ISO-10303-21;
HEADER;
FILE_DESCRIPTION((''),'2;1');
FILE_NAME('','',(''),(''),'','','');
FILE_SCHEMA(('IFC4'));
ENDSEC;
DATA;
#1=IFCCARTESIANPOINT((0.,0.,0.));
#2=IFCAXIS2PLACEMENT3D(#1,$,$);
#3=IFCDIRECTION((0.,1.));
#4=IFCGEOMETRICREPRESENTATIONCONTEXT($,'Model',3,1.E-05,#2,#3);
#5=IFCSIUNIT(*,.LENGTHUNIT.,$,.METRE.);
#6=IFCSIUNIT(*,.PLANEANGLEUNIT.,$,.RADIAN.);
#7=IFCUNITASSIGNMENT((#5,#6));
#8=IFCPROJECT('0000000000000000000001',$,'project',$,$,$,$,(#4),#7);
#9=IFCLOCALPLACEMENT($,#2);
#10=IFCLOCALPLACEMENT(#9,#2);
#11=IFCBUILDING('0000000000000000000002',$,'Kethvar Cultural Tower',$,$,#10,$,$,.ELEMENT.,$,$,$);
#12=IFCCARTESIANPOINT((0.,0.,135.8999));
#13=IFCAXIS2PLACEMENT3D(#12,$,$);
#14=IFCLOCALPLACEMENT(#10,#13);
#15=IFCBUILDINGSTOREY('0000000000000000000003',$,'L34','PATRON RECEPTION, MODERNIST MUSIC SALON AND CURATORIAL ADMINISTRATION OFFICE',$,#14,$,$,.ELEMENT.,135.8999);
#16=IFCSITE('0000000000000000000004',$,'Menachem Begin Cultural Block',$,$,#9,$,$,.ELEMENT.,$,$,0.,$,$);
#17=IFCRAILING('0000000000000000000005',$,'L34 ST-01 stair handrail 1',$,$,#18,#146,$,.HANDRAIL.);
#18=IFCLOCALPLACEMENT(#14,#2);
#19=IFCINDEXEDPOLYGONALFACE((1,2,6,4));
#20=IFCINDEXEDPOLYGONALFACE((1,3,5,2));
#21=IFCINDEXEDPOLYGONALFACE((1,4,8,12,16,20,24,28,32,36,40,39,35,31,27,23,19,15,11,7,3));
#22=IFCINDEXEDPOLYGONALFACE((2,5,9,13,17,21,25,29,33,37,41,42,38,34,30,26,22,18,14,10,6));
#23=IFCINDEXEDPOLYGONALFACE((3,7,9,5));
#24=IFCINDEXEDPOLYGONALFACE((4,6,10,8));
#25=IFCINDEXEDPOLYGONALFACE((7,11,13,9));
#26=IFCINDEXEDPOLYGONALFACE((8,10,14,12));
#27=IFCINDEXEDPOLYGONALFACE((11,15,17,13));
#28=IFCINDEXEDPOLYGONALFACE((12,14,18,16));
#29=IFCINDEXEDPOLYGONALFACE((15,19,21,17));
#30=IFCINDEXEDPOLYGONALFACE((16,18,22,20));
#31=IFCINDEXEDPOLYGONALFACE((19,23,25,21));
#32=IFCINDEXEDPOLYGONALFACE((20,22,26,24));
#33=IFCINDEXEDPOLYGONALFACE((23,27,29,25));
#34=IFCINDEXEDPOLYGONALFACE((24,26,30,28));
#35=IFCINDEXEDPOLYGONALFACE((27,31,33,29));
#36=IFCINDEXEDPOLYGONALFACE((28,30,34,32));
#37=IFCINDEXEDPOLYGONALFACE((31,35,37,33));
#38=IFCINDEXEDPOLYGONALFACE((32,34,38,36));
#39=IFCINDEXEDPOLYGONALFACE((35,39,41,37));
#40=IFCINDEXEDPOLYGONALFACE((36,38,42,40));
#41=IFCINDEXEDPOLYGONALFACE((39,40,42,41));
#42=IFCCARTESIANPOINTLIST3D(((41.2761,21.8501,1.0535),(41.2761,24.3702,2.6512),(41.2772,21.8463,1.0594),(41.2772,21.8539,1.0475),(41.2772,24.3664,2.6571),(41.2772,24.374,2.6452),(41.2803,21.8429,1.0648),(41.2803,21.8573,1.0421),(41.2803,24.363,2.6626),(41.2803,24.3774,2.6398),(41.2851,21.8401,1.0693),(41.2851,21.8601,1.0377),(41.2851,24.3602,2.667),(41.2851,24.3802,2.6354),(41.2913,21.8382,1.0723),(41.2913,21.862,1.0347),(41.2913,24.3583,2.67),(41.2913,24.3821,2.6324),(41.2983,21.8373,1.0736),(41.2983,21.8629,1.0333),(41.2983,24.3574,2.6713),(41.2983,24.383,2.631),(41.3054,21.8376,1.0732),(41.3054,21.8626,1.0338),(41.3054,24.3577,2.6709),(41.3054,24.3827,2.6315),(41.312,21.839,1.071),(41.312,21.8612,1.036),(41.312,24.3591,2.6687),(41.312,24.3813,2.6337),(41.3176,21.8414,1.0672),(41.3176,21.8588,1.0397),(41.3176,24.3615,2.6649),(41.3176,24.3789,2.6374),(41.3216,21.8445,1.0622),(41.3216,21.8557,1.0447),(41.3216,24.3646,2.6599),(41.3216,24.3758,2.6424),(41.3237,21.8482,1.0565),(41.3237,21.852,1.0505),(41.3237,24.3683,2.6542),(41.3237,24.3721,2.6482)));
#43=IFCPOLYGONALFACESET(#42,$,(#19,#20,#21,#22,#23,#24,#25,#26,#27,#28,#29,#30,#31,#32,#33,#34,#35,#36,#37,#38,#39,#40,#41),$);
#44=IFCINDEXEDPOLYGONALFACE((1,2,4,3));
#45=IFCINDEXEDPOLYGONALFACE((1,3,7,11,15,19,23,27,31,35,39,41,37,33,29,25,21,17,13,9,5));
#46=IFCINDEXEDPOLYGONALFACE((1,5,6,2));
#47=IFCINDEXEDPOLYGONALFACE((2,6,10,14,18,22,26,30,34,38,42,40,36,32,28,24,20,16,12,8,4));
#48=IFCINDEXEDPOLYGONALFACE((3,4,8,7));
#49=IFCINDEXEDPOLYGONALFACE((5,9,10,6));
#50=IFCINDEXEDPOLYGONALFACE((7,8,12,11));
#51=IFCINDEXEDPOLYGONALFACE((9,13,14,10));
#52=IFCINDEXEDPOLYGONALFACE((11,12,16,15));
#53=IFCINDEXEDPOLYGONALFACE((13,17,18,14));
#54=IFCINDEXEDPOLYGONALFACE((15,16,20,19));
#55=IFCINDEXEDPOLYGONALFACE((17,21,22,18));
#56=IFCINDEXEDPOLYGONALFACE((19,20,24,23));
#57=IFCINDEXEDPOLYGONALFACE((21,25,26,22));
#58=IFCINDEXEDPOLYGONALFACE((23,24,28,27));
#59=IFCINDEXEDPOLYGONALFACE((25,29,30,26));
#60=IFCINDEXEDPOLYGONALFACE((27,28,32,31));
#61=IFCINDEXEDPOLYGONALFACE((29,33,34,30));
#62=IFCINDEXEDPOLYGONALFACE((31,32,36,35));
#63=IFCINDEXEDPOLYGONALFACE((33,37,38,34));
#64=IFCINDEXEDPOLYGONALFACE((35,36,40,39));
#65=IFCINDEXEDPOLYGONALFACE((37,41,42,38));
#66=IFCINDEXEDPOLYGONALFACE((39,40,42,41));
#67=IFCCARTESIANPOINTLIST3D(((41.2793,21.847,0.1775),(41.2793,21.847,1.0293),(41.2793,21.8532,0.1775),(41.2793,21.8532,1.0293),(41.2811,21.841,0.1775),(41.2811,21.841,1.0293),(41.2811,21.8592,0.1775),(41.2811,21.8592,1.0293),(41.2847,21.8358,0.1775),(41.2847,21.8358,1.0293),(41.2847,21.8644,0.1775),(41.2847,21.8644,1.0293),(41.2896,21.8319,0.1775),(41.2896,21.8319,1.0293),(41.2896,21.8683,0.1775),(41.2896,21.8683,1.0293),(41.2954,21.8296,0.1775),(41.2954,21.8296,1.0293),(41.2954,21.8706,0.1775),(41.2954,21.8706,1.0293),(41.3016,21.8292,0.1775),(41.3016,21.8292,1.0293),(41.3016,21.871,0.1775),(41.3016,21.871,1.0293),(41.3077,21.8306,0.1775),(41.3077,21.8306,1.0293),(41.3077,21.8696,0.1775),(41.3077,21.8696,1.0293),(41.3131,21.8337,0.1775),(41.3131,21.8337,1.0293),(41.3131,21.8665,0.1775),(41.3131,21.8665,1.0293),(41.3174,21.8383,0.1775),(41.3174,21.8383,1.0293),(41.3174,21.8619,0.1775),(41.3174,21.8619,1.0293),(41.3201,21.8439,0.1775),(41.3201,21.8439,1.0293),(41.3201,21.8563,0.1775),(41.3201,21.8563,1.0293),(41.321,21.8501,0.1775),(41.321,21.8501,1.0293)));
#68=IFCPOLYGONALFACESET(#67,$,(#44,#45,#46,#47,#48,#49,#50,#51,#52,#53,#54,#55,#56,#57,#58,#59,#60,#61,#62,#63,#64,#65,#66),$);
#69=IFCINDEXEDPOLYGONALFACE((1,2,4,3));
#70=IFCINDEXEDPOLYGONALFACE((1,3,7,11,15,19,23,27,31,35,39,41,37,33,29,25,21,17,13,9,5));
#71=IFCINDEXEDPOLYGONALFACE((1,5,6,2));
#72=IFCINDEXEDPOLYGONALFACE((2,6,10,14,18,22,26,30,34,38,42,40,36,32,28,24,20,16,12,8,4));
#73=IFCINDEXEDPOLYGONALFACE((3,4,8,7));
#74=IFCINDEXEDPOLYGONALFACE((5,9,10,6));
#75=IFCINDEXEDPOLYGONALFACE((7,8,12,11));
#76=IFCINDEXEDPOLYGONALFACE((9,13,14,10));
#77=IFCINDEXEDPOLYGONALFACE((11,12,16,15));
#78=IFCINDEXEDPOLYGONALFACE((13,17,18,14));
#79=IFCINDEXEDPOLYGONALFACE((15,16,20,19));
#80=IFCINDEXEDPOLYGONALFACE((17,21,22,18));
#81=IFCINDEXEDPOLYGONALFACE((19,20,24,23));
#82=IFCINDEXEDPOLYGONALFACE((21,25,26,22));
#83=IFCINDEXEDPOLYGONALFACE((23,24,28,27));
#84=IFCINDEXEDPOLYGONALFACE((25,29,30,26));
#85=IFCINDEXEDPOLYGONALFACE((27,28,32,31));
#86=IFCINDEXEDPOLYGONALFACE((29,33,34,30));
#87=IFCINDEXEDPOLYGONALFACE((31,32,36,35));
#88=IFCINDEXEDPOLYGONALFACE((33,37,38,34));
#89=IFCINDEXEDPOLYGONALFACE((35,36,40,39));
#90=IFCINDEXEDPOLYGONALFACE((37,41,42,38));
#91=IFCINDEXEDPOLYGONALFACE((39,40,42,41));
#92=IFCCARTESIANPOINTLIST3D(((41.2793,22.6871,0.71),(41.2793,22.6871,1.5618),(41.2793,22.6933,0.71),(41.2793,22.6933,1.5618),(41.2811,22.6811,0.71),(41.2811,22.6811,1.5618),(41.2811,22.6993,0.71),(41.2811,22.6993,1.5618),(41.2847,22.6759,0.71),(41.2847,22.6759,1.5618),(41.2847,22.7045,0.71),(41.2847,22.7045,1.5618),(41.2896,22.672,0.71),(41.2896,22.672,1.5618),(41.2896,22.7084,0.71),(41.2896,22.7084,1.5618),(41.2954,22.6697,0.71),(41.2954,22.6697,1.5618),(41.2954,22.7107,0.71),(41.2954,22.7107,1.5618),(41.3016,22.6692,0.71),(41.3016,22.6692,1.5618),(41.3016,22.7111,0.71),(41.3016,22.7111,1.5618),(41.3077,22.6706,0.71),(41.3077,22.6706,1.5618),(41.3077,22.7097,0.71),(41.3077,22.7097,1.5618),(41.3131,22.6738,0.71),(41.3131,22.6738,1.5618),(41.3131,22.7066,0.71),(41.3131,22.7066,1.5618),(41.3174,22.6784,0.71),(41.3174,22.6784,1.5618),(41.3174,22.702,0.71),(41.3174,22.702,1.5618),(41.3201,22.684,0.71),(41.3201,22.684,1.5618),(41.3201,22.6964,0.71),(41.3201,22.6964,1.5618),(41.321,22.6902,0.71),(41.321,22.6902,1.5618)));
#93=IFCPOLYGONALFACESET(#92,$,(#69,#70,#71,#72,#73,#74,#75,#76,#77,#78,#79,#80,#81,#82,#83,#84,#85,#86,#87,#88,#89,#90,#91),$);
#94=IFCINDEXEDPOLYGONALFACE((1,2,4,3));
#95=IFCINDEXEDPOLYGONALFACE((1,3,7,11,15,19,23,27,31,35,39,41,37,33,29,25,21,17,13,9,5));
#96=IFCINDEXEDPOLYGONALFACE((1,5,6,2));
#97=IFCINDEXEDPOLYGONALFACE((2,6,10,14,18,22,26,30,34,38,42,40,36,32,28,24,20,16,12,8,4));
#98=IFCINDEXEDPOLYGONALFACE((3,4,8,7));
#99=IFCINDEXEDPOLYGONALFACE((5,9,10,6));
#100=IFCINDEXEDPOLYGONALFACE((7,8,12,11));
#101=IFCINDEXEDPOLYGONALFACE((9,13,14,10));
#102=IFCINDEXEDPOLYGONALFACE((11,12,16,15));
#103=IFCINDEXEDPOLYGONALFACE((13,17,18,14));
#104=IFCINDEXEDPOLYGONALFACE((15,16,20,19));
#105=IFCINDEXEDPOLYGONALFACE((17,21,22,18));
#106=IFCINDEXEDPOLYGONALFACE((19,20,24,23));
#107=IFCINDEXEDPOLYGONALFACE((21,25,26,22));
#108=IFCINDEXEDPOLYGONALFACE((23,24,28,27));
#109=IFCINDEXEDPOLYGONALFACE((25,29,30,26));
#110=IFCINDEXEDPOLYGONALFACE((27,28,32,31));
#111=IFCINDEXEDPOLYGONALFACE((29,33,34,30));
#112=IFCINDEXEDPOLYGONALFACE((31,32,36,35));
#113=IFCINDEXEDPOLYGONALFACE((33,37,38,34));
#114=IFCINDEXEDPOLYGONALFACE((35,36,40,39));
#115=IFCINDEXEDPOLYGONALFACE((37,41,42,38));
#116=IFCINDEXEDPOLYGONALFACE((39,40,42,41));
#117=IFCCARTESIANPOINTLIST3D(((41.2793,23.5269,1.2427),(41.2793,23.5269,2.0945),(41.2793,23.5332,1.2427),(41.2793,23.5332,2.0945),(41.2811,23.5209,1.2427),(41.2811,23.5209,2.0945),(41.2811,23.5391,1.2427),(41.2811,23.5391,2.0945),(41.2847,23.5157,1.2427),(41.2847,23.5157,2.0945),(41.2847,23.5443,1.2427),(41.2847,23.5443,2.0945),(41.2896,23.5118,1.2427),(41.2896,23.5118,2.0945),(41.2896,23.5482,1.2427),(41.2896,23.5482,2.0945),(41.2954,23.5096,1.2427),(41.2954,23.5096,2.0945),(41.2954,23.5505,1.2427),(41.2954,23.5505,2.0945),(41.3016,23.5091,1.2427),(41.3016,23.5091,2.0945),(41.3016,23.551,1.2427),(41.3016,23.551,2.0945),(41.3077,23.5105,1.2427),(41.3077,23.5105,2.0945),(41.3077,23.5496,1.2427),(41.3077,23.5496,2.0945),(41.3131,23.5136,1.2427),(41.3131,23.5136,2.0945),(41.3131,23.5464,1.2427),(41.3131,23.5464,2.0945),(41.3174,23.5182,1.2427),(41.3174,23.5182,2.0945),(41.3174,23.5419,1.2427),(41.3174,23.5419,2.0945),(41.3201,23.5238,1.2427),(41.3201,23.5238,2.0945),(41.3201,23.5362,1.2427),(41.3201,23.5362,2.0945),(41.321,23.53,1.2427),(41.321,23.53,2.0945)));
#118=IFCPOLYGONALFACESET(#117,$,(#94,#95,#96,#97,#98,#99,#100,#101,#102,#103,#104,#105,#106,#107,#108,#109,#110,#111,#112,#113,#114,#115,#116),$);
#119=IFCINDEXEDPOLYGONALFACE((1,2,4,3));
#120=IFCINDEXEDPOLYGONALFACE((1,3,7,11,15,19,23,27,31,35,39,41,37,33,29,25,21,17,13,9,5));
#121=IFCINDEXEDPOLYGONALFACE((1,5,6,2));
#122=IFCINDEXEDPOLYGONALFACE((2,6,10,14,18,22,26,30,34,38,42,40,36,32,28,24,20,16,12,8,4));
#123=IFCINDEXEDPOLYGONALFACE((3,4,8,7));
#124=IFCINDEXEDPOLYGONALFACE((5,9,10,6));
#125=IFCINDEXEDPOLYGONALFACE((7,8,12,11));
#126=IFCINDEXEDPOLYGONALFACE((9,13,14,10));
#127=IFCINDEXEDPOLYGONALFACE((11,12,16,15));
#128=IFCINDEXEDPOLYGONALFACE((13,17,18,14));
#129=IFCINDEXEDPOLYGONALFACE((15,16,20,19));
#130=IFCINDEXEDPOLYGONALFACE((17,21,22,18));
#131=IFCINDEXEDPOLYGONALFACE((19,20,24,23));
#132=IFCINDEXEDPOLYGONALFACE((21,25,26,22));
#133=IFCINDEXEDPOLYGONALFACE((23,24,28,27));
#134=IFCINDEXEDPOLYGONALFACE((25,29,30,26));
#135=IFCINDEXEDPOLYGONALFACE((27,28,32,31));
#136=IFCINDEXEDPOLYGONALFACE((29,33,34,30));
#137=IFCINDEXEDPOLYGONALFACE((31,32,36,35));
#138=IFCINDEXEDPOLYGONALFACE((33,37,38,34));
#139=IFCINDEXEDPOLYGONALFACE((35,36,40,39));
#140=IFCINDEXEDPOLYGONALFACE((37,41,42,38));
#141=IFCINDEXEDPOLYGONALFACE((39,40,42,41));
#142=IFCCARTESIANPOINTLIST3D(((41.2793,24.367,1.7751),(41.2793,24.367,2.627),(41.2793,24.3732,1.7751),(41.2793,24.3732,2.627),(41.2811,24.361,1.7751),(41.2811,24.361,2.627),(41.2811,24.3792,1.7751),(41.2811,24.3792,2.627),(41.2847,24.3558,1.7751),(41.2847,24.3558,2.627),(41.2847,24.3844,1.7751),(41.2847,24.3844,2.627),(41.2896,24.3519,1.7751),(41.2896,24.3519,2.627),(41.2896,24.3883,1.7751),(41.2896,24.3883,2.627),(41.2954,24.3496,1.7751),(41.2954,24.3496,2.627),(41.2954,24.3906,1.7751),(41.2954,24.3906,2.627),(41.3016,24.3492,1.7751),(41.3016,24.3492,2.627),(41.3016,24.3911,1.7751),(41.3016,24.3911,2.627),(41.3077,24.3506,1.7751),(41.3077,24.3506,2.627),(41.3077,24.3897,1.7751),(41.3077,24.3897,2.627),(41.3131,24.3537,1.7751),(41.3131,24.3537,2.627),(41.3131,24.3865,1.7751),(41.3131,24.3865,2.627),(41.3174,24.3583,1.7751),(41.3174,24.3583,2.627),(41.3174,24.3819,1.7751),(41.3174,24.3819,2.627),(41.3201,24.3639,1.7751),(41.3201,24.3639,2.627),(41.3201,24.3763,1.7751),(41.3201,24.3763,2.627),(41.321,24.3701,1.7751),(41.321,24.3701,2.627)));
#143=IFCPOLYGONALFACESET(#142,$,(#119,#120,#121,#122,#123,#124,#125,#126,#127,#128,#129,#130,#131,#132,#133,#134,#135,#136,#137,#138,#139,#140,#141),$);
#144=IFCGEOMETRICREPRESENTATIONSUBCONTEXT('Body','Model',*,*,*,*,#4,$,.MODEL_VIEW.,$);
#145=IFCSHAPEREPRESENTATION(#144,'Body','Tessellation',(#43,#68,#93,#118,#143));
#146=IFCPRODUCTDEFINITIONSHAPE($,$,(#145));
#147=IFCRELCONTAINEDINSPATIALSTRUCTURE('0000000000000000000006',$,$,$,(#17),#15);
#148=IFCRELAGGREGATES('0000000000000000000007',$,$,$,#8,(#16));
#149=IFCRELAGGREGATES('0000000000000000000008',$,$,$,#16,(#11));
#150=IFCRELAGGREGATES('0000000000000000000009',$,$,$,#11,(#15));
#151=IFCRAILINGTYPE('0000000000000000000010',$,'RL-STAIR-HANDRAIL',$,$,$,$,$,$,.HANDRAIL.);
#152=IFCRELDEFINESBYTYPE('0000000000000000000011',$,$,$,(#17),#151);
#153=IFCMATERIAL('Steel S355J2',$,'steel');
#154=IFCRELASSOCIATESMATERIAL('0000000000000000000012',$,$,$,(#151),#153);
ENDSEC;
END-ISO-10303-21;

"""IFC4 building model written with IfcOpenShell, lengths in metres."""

from ifc_helpers import new_model, si_unit, direction, frame, origin, origin_2d, place, context, subcontext, project, spatial, circle, extrude, material, type_object, element, save


model = new_model("IFC4")

# Units and contexts
model_context = context("Model", 3, precision=1e-05, world=origin(), true_north=direction((0.0, 1.0)))
body_context = subcontext(model_context, "Body", "Model", "MODEL_VIEW")
ifc_project = project(units=[si_unit("LENGTHUNIT", "METRE"), si_unit("PLANEANGLEUNIT", "RADIAN")], contexts=[model_context])

# Site, building, storey
site_placement = place(None, origin())
site = spatial("IfcSite", under=ifc_project, at=site_placement, Name="Menachem Begin Cultural Block", CompositionType="ELEMENT", RefElevation=0.0)
building_placement = place(site_placement, origin())
building = spatial("IfcBuilding", under=site, at=building_placement, Name="Kethvar Cultural Tower", CompositionType="ELEMENT")
storey_placement = place(building_placement, frame((0.0, 0.0, 135.8999)))
storey = spatial("IfcBuildingStorey", under=building, at=storey_placement, Name="L34", Description="PATRON RECEPTION, MODERNIST MUSIC SALON AND CURATORIAL ADMINISTRATION OFFICE", CompositionType="ELEMENT", Elevation=135.8999)

# Shared definitions
ifc_material_1 = material(Name="Steel S355J2", Category="steel")

# Railing
railing_type_1 = type_object("IfcRailingType", Name="RL-STAIR-HANDRAIL", PredefinedType="HANDRAIL", material=ifc_material_1)
railing_1_placement = place(storey_placement, frame((41.3, 21.8501, 0.1775)))
element("IfcRailing", 1, at=railing_1_placement, inside=storey, type_object=railing_type_1, Name="L34 ST-01 stair handrail 1", PredefinedType="HANDRAIL", context=body_context, shape_type="SweptSolid", body=[
    extrude(circle(Radius=0.0239, at=origin_2d()), frame((0.0, 0.0, 0.876), z_axis=(0.0, 0.84457, 0.535445), x_axis=(-1.0, 0.0, 0.0)), (0.0, 0.0, 1.0), 2.9839),
    extrude(circle(Radius=0.021, at=origin_2d()), origin(), (0.0, 0.0, 1.0), 0.8518),
    extrude(circle(Radius=0.021, at=origin_2d()), frame((0.0, 0.8401, 0.5325)), (0.0, 0.0, 1.0), 0.8518),
    extrude(circle(Radius=0.021, at=origin_2d()), frame((0.0, 1.6799, 1.0652)), (0.0, 0.0, 1.0), 0.8518),
    extrude(circle(Radius=0.021, at=origin_2d()), frame((0.0, 2.52, 1.5977)), (0.0, 0.0, 1.0), 0.8518),
])

save(model, "model.ifc")
